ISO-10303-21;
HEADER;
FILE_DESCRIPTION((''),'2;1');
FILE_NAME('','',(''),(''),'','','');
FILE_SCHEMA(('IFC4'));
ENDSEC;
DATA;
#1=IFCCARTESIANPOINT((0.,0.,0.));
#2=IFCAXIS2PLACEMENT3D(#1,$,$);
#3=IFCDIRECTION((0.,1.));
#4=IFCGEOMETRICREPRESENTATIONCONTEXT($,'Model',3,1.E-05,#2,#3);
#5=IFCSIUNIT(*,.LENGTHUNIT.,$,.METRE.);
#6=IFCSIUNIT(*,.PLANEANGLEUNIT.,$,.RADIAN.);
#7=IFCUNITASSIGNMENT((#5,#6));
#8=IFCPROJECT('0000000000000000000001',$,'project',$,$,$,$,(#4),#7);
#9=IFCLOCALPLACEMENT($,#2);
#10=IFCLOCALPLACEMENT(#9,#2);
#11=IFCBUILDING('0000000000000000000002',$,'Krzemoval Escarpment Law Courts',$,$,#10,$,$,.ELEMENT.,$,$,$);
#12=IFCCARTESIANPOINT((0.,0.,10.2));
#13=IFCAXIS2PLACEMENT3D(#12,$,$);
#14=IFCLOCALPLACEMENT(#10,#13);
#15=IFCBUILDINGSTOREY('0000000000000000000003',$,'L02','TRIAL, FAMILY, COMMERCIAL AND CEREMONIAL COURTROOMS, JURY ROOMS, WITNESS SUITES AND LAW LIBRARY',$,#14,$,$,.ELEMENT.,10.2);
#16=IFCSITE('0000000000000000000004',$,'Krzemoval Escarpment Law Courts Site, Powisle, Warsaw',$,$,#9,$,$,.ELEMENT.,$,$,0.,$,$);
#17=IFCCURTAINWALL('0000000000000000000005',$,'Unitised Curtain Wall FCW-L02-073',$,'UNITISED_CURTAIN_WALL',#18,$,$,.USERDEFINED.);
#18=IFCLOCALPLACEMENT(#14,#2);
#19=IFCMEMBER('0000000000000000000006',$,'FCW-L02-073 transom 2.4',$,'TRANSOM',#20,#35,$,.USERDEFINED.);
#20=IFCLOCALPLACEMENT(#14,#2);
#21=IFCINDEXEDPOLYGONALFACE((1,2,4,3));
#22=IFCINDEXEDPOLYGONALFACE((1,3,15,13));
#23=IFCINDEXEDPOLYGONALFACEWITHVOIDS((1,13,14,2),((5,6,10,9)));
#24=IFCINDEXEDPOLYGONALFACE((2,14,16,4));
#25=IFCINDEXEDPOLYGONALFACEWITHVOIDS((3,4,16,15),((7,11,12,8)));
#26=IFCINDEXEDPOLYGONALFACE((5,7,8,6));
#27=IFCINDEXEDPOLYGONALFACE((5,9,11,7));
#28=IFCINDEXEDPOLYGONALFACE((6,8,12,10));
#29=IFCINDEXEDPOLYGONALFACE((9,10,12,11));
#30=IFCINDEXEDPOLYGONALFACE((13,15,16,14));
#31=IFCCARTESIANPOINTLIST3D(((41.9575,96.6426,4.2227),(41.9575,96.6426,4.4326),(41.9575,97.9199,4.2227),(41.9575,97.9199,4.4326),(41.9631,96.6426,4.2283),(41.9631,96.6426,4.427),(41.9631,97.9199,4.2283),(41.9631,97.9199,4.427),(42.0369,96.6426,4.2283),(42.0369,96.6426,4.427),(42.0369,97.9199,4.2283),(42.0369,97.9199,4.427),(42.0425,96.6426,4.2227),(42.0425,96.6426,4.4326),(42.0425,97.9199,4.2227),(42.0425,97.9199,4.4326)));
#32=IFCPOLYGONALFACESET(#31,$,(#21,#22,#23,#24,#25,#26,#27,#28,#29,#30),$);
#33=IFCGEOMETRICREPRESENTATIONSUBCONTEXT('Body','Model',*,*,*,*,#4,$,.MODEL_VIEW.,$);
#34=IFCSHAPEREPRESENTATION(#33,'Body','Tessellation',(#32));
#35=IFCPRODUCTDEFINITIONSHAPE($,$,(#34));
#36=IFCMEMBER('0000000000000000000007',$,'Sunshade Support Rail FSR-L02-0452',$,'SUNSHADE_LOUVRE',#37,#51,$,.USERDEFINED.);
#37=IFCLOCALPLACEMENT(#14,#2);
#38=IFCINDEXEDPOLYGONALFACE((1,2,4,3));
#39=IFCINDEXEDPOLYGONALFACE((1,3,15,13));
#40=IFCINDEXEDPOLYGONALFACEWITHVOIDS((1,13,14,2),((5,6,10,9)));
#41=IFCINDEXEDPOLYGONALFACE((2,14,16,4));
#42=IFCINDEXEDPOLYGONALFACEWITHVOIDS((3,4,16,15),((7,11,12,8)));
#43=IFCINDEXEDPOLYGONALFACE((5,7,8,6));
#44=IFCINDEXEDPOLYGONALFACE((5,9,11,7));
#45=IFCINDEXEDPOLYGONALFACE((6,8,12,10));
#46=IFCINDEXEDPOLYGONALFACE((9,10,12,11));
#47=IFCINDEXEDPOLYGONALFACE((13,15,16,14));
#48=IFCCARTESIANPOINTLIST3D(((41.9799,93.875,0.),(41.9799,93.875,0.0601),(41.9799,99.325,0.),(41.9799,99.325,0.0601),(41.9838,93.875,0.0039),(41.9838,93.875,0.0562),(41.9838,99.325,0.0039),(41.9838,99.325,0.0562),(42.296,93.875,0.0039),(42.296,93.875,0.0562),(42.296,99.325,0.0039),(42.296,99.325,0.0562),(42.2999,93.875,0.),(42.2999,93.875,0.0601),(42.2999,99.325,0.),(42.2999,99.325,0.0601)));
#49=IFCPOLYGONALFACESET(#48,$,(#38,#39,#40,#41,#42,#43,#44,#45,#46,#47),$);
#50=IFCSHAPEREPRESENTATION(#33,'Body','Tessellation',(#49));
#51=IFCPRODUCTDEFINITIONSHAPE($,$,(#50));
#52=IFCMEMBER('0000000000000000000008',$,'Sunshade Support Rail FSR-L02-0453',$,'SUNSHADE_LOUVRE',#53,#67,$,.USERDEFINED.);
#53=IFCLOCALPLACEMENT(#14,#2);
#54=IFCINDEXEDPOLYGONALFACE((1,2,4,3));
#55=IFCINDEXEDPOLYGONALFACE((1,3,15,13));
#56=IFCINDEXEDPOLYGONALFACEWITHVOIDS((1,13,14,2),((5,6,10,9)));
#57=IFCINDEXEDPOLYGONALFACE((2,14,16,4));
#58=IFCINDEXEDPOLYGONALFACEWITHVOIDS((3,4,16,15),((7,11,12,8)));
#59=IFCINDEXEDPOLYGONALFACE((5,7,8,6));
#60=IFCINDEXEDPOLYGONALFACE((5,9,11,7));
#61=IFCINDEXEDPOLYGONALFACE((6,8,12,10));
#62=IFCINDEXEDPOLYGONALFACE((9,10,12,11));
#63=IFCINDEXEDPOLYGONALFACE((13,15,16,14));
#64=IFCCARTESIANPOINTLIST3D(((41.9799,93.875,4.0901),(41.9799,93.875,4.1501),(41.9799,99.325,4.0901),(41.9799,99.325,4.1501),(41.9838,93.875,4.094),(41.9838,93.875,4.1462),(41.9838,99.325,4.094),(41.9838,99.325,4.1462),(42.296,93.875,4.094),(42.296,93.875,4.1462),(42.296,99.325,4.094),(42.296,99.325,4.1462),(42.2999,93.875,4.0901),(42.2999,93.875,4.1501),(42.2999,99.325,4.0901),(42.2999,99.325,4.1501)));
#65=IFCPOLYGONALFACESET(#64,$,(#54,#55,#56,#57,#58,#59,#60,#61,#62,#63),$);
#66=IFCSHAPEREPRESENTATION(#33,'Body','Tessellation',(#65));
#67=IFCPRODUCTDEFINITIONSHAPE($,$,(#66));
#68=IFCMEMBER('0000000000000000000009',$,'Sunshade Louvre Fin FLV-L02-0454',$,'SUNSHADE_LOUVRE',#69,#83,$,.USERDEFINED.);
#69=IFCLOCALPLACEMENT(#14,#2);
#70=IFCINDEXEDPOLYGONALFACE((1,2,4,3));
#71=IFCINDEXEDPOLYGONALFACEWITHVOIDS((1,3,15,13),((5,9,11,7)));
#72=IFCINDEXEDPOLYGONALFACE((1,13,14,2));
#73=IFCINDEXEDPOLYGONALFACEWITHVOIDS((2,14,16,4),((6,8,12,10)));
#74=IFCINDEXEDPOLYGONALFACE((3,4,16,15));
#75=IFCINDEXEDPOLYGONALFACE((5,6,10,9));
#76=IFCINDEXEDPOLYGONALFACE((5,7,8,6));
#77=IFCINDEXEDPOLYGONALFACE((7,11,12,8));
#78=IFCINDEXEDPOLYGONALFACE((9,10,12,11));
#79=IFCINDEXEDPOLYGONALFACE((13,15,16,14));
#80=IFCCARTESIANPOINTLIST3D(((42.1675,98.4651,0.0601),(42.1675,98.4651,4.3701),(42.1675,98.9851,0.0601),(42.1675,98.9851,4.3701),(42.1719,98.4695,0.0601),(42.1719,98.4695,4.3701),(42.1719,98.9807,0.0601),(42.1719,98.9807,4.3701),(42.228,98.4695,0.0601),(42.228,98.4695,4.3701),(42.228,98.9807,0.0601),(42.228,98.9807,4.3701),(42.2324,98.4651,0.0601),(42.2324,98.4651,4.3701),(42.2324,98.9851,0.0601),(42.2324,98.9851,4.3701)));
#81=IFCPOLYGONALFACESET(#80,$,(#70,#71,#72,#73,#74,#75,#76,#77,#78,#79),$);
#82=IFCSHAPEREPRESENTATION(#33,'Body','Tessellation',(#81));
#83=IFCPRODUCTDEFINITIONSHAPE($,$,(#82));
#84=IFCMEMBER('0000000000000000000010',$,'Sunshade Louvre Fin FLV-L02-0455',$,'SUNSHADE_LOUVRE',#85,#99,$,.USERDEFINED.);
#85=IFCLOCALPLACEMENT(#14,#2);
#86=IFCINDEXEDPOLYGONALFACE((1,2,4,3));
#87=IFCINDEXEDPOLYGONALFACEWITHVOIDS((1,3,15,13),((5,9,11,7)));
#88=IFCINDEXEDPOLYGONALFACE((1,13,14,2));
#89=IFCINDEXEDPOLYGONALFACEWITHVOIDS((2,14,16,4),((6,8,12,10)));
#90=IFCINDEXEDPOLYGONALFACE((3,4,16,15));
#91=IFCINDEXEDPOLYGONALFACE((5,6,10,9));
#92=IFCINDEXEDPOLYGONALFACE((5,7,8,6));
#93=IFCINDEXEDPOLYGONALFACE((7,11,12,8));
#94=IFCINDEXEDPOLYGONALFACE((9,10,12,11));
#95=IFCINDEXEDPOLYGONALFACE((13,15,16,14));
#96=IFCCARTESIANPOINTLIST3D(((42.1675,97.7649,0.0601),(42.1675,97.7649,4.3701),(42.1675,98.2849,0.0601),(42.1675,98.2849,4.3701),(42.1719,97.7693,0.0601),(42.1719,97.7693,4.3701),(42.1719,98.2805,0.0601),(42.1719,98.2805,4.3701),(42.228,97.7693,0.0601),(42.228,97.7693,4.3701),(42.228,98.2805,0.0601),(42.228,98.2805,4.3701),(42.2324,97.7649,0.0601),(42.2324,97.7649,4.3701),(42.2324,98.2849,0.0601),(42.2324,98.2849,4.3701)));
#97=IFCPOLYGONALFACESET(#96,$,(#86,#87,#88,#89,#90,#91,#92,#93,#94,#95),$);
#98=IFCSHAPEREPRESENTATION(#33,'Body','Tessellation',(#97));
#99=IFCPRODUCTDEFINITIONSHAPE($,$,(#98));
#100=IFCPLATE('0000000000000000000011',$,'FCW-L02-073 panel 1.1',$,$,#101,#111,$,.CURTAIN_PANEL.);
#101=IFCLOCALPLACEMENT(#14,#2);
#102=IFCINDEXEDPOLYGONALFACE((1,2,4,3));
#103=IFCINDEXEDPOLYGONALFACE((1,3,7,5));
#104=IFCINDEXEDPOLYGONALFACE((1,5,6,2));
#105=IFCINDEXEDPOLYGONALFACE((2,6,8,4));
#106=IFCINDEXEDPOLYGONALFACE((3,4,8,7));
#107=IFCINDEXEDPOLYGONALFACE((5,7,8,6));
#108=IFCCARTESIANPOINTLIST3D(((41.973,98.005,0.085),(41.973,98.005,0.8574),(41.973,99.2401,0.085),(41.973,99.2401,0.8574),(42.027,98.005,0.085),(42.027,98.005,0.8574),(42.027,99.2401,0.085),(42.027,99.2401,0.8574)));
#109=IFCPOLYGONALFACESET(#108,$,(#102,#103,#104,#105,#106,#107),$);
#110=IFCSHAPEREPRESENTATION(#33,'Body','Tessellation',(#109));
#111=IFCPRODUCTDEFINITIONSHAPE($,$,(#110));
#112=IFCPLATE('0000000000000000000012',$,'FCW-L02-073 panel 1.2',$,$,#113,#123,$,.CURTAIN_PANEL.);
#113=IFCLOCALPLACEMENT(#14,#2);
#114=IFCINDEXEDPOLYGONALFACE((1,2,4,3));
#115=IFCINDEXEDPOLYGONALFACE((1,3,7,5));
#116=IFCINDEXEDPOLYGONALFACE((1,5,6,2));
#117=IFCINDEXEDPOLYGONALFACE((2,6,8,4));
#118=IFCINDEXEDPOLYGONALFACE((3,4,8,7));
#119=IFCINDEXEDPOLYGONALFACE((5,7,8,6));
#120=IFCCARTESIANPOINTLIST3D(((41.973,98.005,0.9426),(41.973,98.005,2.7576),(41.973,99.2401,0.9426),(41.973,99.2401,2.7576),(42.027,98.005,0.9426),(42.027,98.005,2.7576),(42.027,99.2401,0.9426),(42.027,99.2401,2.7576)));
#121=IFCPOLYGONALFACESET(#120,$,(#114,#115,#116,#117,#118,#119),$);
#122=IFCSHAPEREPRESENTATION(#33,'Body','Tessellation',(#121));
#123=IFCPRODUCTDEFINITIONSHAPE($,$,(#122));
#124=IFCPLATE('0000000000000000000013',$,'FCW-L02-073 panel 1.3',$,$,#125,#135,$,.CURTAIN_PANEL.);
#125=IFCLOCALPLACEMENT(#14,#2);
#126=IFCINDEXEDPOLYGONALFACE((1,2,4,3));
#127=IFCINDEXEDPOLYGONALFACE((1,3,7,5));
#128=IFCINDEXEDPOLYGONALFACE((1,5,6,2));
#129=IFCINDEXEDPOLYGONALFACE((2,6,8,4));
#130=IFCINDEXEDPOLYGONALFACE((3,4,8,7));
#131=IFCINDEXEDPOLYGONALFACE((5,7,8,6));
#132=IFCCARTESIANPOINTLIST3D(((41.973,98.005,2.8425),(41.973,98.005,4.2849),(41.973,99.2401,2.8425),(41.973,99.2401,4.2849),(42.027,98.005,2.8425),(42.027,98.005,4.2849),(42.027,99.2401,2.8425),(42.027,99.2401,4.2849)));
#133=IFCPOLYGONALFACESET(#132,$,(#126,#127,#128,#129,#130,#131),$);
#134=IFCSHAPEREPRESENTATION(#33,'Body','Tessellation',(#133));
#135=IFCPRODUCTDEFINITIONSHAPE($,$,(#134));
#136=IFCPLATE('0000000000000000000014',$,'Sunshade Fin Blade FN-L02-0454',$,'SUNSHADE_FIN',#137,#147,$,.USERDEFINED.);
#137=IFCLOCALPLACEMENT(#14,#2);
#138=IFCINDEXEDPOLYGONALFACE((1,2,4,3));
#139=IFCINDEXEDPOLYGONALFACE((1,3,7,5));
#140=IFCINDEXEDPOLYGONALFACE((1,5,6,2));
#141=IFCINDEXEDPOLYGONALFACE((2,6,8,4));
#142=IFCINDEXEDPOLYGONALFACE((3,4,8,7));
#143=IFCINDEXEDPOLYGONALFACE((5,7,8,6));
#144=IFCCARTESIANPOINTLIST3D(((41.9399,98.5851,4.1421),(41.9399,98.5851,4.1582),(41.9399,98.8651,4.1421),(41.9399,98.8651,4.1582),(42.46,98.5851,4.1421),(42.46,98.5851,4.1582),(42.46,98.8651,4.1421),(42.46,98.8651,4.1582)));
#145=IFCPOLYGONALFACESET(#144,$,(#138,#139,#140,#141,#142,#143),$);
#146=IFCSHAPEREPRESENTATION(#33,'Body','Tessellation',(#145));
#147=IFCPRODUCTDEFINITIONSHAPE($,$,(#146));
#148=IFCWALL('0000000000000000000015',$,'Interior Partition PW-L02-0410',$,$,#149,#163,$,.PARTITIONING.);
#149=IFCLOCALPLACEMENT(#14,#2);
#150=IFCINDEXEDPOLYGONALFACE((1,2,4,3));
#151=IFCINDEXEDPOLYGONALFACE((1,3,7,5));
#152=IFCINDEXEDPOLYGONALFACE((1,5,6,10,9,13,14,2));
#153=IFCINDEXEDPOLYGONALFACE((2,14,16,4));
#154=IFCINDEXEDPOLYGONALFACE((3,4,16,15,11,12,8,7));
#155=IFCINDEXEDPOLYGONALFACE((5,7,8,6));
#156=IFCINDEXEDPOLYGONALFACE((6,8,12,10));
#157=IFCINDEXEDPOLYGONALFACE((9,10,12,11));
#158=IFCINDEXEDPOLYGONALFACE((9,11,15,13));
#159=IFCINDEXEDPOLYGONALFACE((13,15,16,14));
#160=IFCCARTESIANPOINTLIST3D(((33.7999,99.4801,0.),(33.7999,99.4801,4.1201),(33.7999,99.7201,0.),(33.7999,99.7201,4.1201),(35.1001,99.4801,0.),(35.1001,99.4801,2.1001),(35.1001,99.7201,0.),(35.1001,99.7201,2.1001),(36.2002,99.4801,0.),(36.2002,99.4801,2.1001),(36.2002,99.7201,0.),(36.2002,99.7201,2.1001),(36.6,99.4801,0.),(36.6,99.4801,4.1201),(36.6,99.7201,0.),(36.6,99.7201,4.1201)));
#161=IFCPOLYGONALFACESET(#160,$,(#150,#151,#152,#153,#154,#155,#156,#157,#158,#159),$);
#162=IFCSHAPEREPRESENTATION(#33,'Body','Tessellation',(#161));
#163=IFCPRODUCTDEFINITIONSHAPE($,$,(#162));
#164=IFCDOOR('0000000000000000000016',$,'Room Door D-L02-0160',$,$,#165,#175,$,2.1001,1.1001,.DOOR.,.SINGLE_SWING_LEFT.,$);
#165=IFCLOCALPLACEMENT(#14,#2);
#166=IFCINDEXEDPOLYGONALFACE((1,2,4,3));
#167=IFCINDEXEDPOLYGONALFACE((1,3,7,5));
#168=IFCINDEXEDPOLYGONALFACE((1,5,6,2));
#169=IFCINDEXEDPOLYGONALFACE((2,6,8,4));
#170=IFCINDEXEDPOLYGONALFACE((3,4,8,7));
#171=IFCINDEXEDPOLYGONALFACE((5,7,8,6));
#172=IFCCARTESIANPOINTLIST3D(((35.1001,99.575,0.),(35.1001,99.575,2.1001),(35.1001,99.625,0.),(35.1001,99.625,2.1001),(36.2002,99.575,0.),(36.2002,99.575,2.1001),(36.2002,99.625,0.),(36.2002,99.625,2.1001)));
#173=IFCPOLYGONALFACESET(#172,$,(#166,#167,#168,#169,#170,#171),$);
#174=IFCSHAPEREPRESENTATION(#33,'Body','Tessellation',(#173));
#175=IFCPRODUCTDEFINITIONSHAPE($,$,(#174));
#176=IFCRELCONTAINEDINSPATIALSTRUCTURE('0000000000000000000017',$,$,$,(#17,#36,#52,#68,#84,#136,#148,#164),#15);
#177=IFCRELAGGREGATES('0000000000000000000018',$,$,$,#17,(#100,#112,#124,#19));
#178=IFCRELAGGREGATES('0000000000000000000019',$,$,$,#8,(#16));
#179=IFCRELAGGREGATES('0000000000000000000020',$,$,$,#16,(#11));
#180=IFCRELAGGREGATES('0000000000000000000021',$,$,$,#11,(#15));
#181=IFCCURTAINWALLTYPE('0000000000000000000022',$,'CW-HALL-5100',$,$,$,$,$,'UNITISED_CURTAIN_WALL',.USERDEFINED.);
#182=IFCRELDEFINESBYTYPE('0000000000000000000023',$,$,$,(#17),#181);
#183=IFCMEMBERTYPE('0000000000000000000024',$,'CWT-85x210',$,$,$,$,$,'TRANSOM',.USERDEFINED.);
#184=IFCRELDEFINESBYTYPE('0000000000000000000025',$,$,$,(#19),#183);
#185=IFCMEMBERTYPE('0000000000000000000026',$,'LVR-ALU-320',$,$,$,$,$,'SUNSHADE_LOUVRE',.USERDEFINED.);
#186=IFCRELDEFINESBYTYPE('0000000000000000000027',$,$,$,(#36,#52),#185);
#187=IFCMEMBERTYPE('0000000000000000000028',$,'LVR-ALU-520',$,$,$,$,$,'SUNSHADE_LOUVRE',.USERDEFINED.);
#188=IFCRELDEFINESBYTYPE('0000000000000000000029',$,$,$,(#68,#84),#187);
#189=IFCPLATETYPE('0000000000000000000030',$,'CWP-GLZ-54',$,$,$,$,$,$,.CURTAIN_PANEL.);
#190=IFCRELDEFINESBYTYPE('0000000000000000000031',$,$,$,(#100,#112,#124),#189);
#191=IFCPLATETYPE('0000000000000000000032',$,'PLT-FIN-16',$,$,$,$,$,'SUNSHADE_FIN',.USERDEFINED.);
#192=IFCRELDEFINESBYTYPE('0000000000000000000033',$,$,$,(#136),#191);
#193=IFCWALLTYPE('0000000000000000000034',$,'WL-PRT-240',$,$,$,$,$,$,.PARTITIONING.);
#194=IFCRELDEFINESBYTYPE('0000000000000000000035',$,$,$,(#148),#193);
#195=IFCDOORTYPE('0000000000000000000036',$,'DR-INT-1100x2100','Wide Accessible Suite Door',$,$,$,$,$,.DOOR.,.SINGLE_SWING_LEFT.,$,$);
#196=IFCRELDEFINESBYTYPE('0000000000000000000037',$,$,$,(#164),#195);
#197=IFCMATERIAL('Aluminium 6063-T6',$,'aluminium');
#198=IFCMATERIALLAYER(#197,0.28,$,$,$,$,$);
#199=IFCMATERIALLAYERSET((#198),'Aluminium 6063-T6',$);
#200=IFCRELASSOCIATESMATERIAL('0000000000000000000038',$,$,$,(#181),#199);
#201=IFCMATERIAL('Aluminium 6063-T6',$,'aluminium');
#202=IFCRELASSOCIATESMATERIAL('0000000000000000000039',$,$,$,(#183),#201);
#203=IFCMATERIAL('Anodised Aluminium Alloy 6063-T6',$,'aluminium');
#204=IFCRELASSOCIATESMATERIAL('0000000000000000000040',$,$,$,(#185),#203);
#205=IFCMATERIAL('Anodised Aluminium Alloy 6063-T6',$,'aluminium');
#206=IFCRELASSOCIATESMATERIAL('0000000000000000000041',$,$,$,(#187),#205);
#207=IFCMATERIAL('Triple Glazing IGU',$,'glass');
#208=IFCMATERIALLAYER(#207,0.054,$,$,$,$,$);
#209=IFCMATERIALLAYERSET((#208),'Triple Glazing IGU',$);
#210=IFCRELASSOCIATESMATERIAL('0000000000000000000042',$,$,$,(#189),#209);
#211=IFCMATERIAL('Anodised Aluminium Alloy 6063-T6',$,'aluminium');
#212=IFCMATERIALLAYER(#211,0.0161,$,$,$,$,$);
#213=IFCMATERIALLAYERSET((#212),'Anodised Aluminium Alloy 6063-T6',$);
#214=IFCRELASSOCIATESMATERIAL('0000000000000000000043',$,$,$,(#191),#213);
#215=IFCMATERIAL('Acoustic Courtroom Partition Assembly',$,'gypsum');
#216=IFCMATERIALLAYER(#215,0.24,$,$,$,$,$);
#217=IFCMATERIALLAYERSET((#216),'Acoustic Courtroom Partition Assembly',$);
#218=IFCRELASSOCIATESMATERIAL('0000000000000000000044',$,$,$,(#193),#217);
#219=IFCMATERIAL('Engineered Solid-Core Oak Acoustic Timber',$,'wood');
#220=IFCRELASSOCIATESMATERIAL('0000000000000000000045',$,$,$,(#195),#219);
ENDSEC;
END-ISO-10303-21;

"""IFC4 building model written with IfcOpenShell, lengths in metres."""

from ifc_helpers import new_model, si_unit, direction, frame, frame_2d, origin, origin_2d, place, context, subcontext, project, spatial, rectangle, hollow_rectangle, extrude, material, layer, layer_set, material_profile, profile_set, type_object, element, fill, aggregate, save


model = new_model("IFC4")

# Units and contexts
model_context = context("Model", 3, precision=1e-05, world=origin(), true_north=direction((0.0, 1.0)))
body_context = subcontext(model_context, "Body", "Model", "MODEL_VIEW")
ifc_project = project(units=[si_unit("LENGTHUNIT", "METRE"), si_unit("PLANEANGLEUNIT", "RADIAN")], contexts=[model_context])

# Site, building, storey
site_placement = place(None, origin())
site = spatial("IfcSite", under=ifc_project, at=site_placement, Name="Krzemoval Escarpment Law Courts Site, Powisle, Warsaw", CompositionType="ELEMENT", RefElevation=0.0)
building_placement = place(site_placement, origin())
building = spatial("IfcBuilding", under=site, at=building_placement, Name="Krzemoval Escarpment Law Courts", CompositionType="ELEMENT")
storey_placement = place(building_placement, frame((0.0, 0.0, 10.2)))
storey = spatial("IfcBuildingStorey", under=building, at=storey_placement, Name="L02", Description="TRIAL, FAMILY, COMMERCIAL AND CEREMONIAL COURTROOMS, JURY ROOMS, WITNESS SUITES AND LAW LIBRARY", CompositionType="ELEMENT", Elevation=10.2)

# Curtain wall, member
ifc_material_1 = material(Name="Aluminium 6063-T6", Category="aluminium")
ifc_layer_1 = layer(ifc_material_1, 0.28)
ifc_layer_set_1 = layer_set([ifc_layer_1], Name="Aluminium 6063-T6")
curtain_wall_type = type_object("IfcCurtainWallType", Name="CW-HALL-5100", ElementType="UNITISED_CURTAIN_WALL", PredefinedType="USERDEFINED", material=ifc_layer_set_1)
curtain_wall_placement = place(storey_placement, origin())
curtain_wall = element("IfcCurtainWall", 1, at=curtain_wall_placement, inside=storey, type_object=curtain_wall_type, Name="Unitised Curtain Wall FCW-L02-073", ObjectType="UNITISED_CURTAIN_WALL", PredefinedType="USERDEFINED")
ifc_material_2 = material(Name="Aluminium 6063-T6", Category="aluminium")
ifc_material_profile_1 = material_profile(ifc_material_2, hollow_rectangle(XDim=0.085, YDim=0.21, WallThickness=0.0056, at=origin_2d()), Name="ALU T85x210")
ifc_profile_set_1 = profile_set([ifc_material_profile_1], Name="Aluminium 6063-T6")
member_type_1 = type_object("IfcMemberType", Name="CWT-85x210", ElementType="TRANSOM", PredefinedType="USERDEFINED", material=ifc_profile_set_1)
member_1_placement = place(storey_placement, frame((42.0, 97.9199, 4.3276), z_axis=(0.0, -1.0, 0.0), x_axis=(1.0, 0.0, 0.0)))
member_1 = element("IfcMember", 2, at=member_1_placement, type_object=member_type_1, Name="FCW-L02-073 transom 2.4", ObjectType="TRANSOM", PredefinedType="USERDEFINED", context=body_context, shape_type="SweptSolid", body=[
    extrude(hollow_rectangle(XDim=0.085, YDim=0.21, WallThickness=0.0056, at=origin_2d()), origin(), (0.0, 0.0, 1.0), 1.2773),
])

# Members
ifc_material_3 = material(Name="Anodised Aluminium Alloy 6063-T6", Category="aluminium")
ifc_material_profile_2 = material_profile(ifc_material_3, hollow_rectangle(XDim=0.0601, YDim=0.3201, WallThickness=0.0039, at=origin_2d()), Name="ALU LVR 60x320")
ifc_profile_set_2 = profile_set([ifc_material_profile_2], Name="Anodised Aluminium Alloy 6063-T6")
member_type_2 = type_object("IfcMemberType", Name="LVR-ALU-320", ElementType="SUNSHADE_LOUVRE", PredefinedType="USERDEFINED", material=ifc_profile_set_2)
for number, where, z_axis, x_axis, name in (
    (3, (42.1399, 99.325, 0.03), (0.0, -1.0, 0.0), (0.0, 0.0, 1.0), "Sunshade Support Rail FSR-L02-0452"),
    (4, (42.1399, 99.325, 4.1201), (0.0, -1.0, 0.0), (0.0, 0.0, 1.0), "Sunshade Support Rail FSR-L02-0453"),
):
    element("IfcMember", number, at=place(storey_placement, frame(where, z_axis=z_axis, x_axis=x_axis)), inside=storey, type_object=member_type_2, Name=name, ObjectType="SUNSHADE_LOUVRE", PredefinedType="USERDEFINED", context=body_context, shape_type="SweptSolid", body=[
        extrude(hollow_rectangle(XDim=0.0601, YDim=0.3201, WallThickness=0.0039, at=origin_2d()), origin(), (0.0, 0.0, 1.0), 5.45),
    ])
ifc_material_4 = material(Name="Anodised Aluminium Alloy 6063-T6", Category="aluminium")
ifc_material_profile_3 = material_profile(ifc_material_4, hollow_rectangle(XDim=0.0649, YDim=0.52, WallThickness=0.0044, at=origin_2d()), Name="ALU LVR 65x520")
ifc_profile_set_3 = profile_set([ifc_material_profile_3], Name="Anodised Aluminium Alloy 6063-T6")
member_type_3 = type_object("IfcMemberType", Name="LVR-ALU-520", ElementType="SUNSHADE_LOUVRE", PredefinedType="USERDEFINED", material=ifc_profile_set_3)
for number, where, z_axis, x_axis, name in (
    (5, (42.2, 98.7251, 0.0601), (0.0, 0.0, 1.0), (1.0, 0.0, 0.0), "Sunshade Louvre Fin FLV-L02-0454"),
    (6, (42.2, 98.0249, 0.0601), (0.0, 0.0, 1.0), (1.0, 0.0, 0.0), "Sunshade Louvre Fin FLV-L02-0455"),
):
    element("IfcMember", number, at=place(storey_placement, frame(where, z_axis=z_axis, x_axis=x_axis)), inside=storey, type_object=member_type_3, Name=name, ObjectType="SUNSHADE_LOUVRE", PredefinedType="USERDEFINED", context=body_context, shape_type="SweptSolid", body=[
        extrude(hollow_rectangle(XDim=0.0649, YDim=0.52, WallThickness=0.0044, at=origin_2d()), origin(), (0.0, 0.0, 1.0), 4.3101),
    ])

# Plates
ifc_material_5 = material(Name="Triple Glazing IGU", Category="glass")
ifc_layer_2 = layer(ifc_material_5, 0.054)
ifc_layer_set_2 = layer_set([ifc_layer_2], Name="Triple Glazing IGU")
plate_type_1 = type_object("IfcPlateType", Name="CWP-GLZ-54", PredefinedType="CURTAIN_PANEL", material=ifc_layer_set_2)
plate_1_placement = place(storey_placement, frame((42.0, 98.6226, 0.085), z_axis=(0.0, 0.0, 1.0), x_axis=(0.0, -1.0, 0.0)))
plate_1 = element("IfcPlate", 7, at=plate_1_placement, type_object=plate_type_1, Name="FCW-L02-073 panel 1.1", PredefinedType="CURTAIN_PANEL", context=body_context, shape_type="SweptSolid", body=[
    extrude(rectangle(XDim=1.2351, YDim=0.054, at=origin_2d()), origin(), (0.0, 0.0, 1.0), 0.7725),
])
plate_2_placement = place(storey_placement, frame((42.0, 98.6226, 0.9426), z_axis=(0.0, 0.0, 1.0), x_axis=(0.0, -1.0, 0.0)))
plate_2 = element("IfcPlate", 8, at=plate_2_placement, type_object=plate_type_1, Name="FCW-L02-073 panel 1.2", PredefinedType="CURTAIN_PANEL", context=body_context, shape_type="SweptSolid", body=[
    extrude(rectangle(XDim=1.2351, YDim=0.054, at=origin_2d()), origin(), (0.0, 0.0, 1.0), 1.8149),
])
plate_3_placement = place(storey_placement, frame((42.0, 98.6226, 2.8425), z_axis=(0.0, 0.0, 1.0), x_axis=(0.0, -1.0, 0.0)))
plate_3 = element("IfcPlate", 9, at=plate_3_placement, type_object=plate_type_1, Name="FCW-L02-073 panel 1.3", PredefinedType="CURTAIN_PANEL", context=body_context, shape_type="SweptSolid", body=[
    extrude(rectangle(XDim=1.2351, YDim=0.054, at=origin_2d()), origin(), (0.0, 0.0, 1.0), 1.4424),
])
aggregate(curtain_wall, [plate_1, plate_2, plate_3, member_1])
ifc_material_6 = material(Name="Anodised Aluminium Alloy 6063-T6", Category="aluminium")
ifc_layer_3 = layer(ifc_material_6, 0.0161)
ifc_layer_set_3 = layer_set([ifc_layer_3], Name="Anodised Aluminium Alloy 6063-T6")
plate_type_2 = type_object("IfcPlateType", Name="PLT-FIN-16", ElementType="SUNSHADE_FIN", PredefinedType="USERDEFINED", material=ifc_layer_set_3)
plate_4_placement = place(storey_placement, frame((42.2, 98.7251, 4.1421), z_axis=(0.0, 0.0, 1.0), x_axis=(1.0, 0.0, 0.0)))
element("IfcPlate", 10, at=plate_4_placement, inside=storey, type_object=plate_type_2, Name="Sunshade Fin Blade FN-L02-0454", ObjectType="SUNSHADE_FIN", PredefinedType="USERDEFINED", context=body_context, shape_type="SweptSolid", body=[
    extrude(rectangle(XDim=0.52, YDim=0.28, at=origin_2d()), origin(), (0.0, 0.0, 1.0), 0.0161),
])

# Wall, opening, door
ifc_material_7 = material(Name="Acoustic Courtroom Partition Assembly", Category="gypsum")
ifc_layer_4 = layer(ifc_material_7, 0.24)
ifc_layer_set_4 = layer_set([ifc_layer_4], Name="Acoustic Courtroom Partition Assembly")
wall_type_1 = type_object("IfcWallType", Name="WL-PRT-240", PredefinedType="PARTITIONING", material=ifc_layer_set_4)
wall_1_placement = place(storey_placement, frame((33.8, 99.6001, 0.0), z_axis=(0.0, 0.0, 1.0), x_axis=(1.0, 0.0, 0.0)))
wall_1 = element("IfcWall", 11, at=wall_1_placement, inside=storey, type_object=wall_type_1, Name="Interior Partition PW-L02-0410", PredefinedType="PARTITIONING", context=body_context, shape_type="SweptSolid", body=[
    extrude(rectangle(XDim=2.8, YDim=0.24, at=frame_2d((1.3999, 0.0))), origin(), (0.0, 0.0, 1.0), 4.1201),
])
opening_placement = place(wall_1_placement, frame((1.3, 0.0, 0.0)))
opening = element("IfcOpeningElement", 12, at=opening_placement, cuts=wall_1, PredefinedType="OPENING", context=body_context, shape_type="SweptSolid", body=[
    extrude(rectangle(XDim=1.1001, YDim=2.1001, at=frame_2d((0.55, 1.05))), frame((0.0, 0.135, 0.0), z_axis=(0.0, -1.0, 0.0), x_axis=(1.0, 0.0, 0.0)), (0.0, 0.0, 1.0), 0.27),
])
ifc_material_8 = material(Name="Engineered Solid-Core Oak Acoustic Timber", Category="wood")
door_type = type_object("IfcDoorType", Name="DR-INT-1100x2100", Description="Wide Accessible Suite Door", OperationType="SINGLE_SWING_LEFT", PredefinedType="DOOR", material=ifc_material_8)
door_placement = place(opening_placement, origin())
door = element("IfcDoor", 13, at=door_placement, inside=storey, type_object=door_type, Name="Room Door D-L02-0160", OperationType="SINGLE_SWING_LEFT", OverallHeight=2.1001, OverallWidth=1.1001, PredefinedType="DOOR", context=body_context, shape_type="SweptSolid", body=[
    extrude(rectangle(XDim=1.1001, YDim=2.1001, at=frame_2d((0.55, 1.05))), frame((0.0, 0.0249, 0.0), z_axis=(0.0, -1.0, 0.0), x_axis=(1.0, 0.0, 0.0)), (0.0, 0.0, 1.0), 0.05),
])
fill(opening, door)

save(model, "model.ifc")
